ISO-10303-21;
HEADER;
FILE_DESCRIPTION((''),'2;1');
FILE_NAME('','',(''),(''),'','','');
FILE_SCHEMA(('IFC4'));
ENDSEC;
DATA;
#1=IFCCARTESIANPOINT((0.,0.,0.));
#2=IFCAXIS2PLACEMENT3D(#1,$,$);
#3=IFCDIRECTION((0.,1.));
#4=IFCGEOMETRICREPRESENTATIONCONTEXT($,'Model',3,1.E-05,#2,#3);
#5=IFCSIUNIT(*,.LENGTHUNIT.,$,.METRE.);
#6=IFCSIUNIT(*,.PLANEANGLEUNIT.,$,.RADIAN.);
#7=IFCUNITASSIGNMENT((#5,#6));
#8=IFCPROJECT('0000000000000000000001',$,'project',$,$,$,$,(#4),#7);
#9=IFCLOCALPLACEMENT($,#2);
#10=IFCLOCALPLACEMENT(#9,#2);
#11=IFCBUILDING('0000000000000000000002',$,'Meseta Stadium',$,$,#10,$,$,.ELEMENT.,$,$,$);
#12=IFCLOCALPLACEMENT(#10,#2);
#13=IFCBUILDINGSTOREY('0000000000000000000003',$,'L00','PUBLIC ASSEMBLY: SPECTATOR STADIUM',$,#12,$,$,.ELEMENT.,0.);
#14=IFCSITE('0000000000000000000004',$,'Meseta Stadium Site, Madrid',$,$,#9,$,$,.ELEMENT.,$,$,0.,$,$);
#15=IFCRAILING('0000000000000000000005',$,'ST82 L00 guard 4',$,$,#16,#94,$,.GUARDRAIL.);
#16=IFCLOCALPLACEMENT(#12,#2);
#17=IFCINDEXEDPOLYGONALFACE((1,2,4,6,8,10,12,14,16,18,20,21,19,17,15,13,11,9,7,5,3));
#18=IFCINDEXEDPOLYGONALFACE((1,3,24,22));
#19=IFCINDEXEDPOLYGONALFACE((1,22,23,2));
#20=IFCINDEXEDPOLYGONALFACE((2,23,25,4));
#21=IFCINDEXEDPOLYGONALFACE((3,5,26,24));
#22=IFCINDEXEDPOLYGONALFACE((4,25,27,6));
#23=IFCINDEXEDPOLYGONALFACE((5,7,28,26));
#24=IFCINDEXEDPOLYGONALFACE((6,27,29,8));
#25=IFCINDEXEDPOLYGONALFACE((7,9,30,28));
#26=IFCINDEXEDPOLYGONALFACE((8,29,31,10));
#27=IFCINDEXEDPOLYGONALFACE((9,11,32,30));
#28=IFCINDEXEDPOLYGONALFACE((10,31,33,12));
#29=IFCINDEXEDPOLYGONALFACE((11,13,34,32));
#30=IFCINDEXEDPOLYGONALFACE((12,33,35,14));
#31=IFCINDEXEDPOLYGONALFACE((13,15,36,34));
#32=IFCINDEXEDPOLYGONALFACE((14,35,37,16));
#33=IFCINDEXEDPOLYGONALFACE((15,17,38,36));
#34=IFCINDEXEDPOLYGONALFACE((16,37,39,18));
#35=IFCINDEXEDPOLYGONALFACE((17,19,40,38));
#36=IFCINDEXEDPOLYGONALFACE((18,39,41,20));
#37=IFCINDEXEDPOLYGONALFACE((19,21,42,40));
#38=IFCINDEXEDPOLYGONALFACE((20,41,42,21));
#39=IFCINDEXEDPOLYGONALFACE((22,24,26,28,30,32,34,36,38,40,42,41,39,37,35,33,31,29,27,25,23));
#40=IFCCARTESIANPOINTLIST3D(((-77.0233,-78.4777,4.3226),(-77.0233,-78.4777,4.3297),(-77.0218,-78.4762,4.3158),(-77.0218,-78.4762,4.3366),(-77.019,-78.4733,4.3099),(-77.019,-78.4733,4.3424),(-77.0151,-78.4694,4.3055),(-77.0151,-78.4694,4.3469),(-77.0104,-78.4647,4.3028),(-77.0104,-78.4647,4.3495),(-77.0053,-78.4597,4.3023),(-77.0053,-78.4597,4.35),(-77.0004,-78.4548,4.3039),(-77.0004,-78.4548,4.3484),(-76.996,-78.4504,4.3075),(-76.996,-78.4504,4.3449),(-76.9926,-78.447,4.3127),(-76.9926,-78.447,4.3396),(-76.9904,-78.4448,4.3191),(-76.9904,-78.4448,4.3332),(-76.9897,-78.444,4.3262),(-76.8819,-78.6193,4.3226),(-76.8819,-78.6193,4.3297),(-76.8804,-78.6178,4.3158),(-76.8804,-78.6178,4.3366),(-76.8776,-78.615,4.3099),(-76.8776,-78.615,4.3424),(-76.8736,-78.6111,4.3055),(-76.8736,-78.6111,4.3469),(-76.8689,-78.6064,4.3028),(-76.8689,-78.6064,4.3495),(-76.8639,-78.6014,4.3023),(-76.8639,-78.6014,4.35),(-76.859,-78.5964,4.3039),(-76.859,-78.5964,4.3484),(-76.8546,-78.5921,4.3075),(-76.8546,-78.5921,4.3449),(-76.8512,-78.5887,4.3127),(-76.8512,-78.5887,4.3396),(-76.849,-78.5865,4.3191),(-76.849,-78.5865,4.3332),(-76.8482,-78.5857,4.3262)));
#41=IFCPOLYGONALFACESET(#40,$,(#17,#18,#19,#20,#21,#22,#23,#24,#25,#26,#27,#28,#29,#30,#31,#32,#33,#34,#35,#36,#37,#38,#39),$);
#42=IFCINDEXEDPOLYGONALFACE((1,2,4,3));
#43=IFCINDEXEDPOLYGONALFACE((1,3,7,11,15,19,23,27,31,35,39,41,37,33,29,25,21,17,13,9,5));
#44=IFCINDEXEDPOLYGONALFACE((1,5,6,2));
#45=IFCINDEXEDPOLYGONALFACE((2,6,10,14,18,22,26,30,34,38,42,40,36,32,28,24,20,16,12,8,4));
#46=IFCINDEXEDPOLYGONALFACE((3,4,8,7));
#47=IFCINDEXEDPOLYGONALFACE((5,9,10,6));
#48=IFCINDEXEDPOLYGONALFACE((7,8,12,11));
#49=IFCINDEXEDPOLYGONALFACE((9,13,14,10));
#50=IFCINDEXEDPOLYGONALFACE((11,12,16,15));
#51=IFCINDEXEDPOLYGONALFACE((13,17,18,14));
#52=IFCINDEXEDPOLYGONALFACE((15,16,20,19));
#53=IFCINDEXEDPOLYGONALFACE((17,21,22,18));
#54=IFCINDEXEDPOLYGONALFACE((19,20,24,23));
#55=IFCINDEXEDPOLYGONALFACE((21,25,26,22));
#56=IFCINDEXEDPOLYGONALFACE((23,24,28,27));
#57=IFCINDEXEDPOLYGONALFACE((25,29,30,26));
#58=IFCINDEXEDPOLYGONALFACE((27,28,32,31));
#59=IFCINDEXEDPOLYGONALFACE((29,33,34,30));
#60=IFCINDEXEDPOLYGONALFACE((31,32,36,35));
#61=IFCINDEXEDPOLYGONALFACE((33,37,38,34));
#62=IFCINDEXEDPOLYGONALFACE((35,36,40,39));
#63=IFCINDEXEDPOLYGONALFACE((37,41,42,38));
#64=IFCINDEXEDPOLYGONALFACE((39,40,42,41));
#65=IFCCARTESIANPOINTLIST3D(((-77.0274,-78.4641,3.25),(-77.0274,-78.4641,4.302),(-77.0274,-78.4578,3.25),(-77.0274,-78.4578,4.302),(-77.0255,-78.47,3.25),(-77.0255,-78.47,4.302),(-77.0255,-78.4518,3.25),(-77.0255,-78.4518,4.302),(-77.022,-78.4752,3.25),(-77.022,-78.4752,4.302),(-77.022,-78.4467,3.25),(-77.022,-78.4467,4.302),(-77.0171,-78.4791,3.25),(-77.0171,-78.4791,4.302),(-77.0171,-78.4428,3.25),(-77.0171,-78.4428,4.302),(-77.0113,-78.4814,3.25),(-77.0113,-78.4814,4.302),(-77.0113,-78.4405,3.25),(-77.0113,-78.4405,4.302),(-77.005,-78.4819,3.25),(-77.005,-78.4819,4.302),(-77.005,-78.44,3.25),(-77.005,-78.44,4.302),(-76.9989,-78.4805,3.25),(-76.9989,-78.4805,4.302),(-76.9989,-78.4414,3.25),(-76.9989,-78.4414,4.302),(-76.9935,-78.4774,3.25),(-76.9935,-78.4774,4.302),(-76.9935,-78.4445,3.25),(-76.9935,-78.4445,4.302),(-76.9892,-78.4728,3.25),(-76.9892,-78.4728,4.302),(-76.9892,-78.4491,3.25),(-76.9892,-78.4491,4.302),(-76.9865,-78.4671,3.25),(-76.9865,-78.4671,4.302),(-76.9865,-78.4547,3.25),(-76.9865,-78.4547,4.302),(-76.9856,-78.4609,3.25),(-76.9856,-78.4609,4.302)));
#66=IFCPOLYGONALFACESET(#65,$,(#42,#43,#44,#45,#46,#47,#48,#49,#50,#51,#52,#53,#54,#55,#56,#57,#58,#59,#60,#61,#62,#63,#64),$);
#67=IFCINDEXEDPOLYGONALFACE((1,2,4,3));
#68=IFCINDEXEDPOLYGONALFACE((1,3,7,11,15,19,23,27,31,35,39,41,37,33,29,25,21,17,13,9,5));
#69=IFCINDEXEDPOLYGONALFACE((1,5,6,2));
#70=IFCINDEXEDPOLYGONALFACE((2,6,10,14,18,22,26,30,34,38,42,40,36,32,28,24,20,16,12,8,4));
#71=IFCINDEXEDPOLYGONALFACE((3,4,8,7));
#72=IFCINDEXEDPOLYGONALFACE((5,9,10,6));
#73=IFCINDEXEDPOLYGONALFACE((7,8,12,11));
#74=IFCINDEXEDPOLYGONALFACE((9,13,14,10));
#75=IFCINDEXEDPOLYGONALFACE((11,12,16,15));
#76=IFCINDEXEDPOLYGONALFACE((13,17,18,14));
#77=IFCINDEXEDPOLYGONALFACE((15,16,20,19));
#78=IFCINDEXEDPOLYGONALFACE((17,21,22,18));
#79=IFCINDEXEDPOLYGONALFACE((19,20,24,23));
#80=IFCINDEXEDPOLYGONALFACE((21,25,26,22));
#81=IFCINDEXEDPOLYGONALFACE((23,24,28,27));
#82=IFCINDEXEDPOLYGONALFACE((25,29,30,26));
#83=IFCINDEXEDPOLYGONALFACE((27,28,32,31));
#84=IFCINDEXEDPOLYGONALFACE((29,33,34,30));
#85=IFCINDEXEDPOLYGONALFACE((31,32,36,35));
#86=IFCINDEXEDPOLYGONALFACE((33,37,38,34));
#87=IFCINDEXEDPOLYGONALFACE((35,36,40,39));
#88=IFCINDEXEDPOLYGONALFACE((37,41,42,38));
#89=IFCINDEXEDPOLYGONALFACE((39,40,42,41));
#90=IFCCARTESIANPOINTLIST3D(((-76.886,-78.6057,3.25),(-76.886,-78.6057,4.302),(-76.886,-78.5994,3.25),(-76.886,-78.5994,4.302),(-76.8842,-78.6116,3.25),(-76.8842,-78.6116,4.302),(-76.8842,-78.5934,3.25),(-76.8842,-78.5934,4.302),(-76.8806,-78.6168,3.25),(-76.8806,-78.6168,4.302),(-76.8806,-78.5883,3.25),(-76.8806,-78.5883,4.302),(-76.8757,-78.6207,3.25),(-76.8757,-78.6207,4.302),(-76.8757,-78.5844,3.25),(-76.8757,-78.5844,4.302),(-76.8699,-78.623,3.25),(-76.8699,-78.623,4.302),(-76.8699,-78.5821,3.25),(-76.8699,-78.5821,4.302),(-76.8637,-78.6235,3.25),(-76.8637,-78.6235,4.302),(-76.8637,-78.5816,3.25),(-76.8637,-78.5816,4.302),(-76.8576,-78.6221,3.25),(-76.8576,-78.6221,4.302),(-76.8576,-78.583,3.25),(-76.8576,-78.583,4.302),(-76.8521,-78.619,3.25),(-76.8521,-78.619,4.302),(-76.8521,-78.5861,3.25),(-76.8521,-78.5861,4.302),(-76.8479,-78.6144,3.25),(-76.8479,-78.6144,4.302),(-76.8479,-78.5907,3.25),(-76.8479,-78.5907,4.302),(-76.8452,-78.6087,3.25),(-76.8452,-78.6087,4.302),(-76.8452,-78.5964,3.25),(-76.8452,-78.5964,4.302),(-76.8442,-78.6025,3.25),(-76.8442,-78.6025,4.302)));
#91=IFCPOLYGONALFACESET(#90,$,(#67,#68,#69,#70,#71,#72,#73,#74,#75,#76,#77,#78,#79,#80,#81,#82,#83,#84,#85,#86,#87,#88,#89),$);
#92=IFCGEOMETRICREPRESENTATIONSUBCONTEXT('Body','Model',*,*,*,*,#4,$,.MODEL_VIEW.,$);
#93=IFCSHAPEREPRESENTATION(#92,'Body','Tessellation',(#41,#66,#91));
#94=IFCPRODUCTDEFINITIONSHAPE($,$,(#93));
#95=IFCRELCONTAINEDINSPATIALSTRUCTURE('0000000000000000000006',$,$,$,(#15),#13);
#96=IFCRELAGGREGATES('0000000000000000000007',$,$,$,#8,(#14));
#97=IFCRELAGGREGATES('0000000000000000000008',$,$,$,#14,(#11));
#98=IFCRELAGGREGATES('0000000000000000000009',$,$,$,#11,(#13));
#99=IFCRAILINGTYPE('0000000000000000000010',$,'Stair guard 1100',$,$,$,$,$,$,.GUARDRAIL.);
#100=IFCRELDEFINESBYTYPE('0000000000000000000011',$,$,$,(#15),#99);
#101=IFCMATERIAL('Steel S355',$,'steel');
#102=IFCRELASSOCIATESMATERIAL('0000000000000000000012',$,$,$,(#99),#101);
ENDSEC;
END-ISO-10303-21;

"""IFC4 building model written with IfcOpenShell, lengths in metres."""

from ifc_helpers import new_model, si_unit, direction, frame, origin, origin_2d, place, context, subcontext, project, spatial, circle, extrude, material, type_object, element, save


model = new_model("IFC4")

# Units and contexts
model_context = context("Model", 3, precision=1e-05, world=origin(), true_north=direction((0.0, 1.0)))
body_context = subcontext(model_context, "Body", "Model", "MODEL_VIEW")
ifc_project = project(units=[si_unit("LENGTHUNIT", "METRE"), si_unit("PLANEANGLEUNIT", "RADIAN")], contexts=[model_context])

# Site, building, storey
site_placement = place(None, origin())
site = spatial("IfcSite", under=ifc_project, at=site_placement, Name="Meseta Stadium Site, Madrid", CompositionType="ELEMENT", RefElevation=0.0)
building_placement = place(site_placement, origin())
building = spatial("IfcBuilding", under=site, at=building_placement, Name="Meseta Stadium", CompositionType="ELEMENT")
storey_placement = place(building_placement, origin())
storey = spatial("IfcBuildingStorey", under=building, at=storey_placement, Name="L00", Description="PUBLIC ASSEMBLY: SPECTATOR STADIUM", CompositionType="ELEMENT", Elevation=0.0)

# Railing
ifc_material_1 = material(Name="Steel S355", Category="steel")
railing_type_1 = type_object("IfcRailingType", Name="Stair guard 1100", PredefinedType="GUARDRAIL", material=ifc_material_1)
railing_1_placement = place(storey_placement, frame((-77.0066, -78.4609, 3.25)))
element("IfcRailing", 1, at=railing_1_placement, inside=storey, type_object=railing_type_1, Name="ST82 L00 guard 4", PredefinedType="GUARDRAIL", context=body_context, shape_type="SweptSolid", body=[
    extrude(circle(Radius=0.0239, at=origin_2d()), frame((0.0, 0.0, 1.0762), z_axis=(0.706496, -0.707717, 0.0), x_axis=(0.707717, 0.706496, 0.0)), (0.0, 0.0, 1.0), 0.2002),
    extrude(circle(Radius=0.021, at=origin_2d()), origin(), (0.0, 0.0, 1.0), 1.052),
    extrude(circle(Radius=0.021, at=origin_2d()), frame((0.1414, -0.1416, 0.0)), (0.0, 0.0, 1.0), 1.052),
])

save(model, "model.ifc")
